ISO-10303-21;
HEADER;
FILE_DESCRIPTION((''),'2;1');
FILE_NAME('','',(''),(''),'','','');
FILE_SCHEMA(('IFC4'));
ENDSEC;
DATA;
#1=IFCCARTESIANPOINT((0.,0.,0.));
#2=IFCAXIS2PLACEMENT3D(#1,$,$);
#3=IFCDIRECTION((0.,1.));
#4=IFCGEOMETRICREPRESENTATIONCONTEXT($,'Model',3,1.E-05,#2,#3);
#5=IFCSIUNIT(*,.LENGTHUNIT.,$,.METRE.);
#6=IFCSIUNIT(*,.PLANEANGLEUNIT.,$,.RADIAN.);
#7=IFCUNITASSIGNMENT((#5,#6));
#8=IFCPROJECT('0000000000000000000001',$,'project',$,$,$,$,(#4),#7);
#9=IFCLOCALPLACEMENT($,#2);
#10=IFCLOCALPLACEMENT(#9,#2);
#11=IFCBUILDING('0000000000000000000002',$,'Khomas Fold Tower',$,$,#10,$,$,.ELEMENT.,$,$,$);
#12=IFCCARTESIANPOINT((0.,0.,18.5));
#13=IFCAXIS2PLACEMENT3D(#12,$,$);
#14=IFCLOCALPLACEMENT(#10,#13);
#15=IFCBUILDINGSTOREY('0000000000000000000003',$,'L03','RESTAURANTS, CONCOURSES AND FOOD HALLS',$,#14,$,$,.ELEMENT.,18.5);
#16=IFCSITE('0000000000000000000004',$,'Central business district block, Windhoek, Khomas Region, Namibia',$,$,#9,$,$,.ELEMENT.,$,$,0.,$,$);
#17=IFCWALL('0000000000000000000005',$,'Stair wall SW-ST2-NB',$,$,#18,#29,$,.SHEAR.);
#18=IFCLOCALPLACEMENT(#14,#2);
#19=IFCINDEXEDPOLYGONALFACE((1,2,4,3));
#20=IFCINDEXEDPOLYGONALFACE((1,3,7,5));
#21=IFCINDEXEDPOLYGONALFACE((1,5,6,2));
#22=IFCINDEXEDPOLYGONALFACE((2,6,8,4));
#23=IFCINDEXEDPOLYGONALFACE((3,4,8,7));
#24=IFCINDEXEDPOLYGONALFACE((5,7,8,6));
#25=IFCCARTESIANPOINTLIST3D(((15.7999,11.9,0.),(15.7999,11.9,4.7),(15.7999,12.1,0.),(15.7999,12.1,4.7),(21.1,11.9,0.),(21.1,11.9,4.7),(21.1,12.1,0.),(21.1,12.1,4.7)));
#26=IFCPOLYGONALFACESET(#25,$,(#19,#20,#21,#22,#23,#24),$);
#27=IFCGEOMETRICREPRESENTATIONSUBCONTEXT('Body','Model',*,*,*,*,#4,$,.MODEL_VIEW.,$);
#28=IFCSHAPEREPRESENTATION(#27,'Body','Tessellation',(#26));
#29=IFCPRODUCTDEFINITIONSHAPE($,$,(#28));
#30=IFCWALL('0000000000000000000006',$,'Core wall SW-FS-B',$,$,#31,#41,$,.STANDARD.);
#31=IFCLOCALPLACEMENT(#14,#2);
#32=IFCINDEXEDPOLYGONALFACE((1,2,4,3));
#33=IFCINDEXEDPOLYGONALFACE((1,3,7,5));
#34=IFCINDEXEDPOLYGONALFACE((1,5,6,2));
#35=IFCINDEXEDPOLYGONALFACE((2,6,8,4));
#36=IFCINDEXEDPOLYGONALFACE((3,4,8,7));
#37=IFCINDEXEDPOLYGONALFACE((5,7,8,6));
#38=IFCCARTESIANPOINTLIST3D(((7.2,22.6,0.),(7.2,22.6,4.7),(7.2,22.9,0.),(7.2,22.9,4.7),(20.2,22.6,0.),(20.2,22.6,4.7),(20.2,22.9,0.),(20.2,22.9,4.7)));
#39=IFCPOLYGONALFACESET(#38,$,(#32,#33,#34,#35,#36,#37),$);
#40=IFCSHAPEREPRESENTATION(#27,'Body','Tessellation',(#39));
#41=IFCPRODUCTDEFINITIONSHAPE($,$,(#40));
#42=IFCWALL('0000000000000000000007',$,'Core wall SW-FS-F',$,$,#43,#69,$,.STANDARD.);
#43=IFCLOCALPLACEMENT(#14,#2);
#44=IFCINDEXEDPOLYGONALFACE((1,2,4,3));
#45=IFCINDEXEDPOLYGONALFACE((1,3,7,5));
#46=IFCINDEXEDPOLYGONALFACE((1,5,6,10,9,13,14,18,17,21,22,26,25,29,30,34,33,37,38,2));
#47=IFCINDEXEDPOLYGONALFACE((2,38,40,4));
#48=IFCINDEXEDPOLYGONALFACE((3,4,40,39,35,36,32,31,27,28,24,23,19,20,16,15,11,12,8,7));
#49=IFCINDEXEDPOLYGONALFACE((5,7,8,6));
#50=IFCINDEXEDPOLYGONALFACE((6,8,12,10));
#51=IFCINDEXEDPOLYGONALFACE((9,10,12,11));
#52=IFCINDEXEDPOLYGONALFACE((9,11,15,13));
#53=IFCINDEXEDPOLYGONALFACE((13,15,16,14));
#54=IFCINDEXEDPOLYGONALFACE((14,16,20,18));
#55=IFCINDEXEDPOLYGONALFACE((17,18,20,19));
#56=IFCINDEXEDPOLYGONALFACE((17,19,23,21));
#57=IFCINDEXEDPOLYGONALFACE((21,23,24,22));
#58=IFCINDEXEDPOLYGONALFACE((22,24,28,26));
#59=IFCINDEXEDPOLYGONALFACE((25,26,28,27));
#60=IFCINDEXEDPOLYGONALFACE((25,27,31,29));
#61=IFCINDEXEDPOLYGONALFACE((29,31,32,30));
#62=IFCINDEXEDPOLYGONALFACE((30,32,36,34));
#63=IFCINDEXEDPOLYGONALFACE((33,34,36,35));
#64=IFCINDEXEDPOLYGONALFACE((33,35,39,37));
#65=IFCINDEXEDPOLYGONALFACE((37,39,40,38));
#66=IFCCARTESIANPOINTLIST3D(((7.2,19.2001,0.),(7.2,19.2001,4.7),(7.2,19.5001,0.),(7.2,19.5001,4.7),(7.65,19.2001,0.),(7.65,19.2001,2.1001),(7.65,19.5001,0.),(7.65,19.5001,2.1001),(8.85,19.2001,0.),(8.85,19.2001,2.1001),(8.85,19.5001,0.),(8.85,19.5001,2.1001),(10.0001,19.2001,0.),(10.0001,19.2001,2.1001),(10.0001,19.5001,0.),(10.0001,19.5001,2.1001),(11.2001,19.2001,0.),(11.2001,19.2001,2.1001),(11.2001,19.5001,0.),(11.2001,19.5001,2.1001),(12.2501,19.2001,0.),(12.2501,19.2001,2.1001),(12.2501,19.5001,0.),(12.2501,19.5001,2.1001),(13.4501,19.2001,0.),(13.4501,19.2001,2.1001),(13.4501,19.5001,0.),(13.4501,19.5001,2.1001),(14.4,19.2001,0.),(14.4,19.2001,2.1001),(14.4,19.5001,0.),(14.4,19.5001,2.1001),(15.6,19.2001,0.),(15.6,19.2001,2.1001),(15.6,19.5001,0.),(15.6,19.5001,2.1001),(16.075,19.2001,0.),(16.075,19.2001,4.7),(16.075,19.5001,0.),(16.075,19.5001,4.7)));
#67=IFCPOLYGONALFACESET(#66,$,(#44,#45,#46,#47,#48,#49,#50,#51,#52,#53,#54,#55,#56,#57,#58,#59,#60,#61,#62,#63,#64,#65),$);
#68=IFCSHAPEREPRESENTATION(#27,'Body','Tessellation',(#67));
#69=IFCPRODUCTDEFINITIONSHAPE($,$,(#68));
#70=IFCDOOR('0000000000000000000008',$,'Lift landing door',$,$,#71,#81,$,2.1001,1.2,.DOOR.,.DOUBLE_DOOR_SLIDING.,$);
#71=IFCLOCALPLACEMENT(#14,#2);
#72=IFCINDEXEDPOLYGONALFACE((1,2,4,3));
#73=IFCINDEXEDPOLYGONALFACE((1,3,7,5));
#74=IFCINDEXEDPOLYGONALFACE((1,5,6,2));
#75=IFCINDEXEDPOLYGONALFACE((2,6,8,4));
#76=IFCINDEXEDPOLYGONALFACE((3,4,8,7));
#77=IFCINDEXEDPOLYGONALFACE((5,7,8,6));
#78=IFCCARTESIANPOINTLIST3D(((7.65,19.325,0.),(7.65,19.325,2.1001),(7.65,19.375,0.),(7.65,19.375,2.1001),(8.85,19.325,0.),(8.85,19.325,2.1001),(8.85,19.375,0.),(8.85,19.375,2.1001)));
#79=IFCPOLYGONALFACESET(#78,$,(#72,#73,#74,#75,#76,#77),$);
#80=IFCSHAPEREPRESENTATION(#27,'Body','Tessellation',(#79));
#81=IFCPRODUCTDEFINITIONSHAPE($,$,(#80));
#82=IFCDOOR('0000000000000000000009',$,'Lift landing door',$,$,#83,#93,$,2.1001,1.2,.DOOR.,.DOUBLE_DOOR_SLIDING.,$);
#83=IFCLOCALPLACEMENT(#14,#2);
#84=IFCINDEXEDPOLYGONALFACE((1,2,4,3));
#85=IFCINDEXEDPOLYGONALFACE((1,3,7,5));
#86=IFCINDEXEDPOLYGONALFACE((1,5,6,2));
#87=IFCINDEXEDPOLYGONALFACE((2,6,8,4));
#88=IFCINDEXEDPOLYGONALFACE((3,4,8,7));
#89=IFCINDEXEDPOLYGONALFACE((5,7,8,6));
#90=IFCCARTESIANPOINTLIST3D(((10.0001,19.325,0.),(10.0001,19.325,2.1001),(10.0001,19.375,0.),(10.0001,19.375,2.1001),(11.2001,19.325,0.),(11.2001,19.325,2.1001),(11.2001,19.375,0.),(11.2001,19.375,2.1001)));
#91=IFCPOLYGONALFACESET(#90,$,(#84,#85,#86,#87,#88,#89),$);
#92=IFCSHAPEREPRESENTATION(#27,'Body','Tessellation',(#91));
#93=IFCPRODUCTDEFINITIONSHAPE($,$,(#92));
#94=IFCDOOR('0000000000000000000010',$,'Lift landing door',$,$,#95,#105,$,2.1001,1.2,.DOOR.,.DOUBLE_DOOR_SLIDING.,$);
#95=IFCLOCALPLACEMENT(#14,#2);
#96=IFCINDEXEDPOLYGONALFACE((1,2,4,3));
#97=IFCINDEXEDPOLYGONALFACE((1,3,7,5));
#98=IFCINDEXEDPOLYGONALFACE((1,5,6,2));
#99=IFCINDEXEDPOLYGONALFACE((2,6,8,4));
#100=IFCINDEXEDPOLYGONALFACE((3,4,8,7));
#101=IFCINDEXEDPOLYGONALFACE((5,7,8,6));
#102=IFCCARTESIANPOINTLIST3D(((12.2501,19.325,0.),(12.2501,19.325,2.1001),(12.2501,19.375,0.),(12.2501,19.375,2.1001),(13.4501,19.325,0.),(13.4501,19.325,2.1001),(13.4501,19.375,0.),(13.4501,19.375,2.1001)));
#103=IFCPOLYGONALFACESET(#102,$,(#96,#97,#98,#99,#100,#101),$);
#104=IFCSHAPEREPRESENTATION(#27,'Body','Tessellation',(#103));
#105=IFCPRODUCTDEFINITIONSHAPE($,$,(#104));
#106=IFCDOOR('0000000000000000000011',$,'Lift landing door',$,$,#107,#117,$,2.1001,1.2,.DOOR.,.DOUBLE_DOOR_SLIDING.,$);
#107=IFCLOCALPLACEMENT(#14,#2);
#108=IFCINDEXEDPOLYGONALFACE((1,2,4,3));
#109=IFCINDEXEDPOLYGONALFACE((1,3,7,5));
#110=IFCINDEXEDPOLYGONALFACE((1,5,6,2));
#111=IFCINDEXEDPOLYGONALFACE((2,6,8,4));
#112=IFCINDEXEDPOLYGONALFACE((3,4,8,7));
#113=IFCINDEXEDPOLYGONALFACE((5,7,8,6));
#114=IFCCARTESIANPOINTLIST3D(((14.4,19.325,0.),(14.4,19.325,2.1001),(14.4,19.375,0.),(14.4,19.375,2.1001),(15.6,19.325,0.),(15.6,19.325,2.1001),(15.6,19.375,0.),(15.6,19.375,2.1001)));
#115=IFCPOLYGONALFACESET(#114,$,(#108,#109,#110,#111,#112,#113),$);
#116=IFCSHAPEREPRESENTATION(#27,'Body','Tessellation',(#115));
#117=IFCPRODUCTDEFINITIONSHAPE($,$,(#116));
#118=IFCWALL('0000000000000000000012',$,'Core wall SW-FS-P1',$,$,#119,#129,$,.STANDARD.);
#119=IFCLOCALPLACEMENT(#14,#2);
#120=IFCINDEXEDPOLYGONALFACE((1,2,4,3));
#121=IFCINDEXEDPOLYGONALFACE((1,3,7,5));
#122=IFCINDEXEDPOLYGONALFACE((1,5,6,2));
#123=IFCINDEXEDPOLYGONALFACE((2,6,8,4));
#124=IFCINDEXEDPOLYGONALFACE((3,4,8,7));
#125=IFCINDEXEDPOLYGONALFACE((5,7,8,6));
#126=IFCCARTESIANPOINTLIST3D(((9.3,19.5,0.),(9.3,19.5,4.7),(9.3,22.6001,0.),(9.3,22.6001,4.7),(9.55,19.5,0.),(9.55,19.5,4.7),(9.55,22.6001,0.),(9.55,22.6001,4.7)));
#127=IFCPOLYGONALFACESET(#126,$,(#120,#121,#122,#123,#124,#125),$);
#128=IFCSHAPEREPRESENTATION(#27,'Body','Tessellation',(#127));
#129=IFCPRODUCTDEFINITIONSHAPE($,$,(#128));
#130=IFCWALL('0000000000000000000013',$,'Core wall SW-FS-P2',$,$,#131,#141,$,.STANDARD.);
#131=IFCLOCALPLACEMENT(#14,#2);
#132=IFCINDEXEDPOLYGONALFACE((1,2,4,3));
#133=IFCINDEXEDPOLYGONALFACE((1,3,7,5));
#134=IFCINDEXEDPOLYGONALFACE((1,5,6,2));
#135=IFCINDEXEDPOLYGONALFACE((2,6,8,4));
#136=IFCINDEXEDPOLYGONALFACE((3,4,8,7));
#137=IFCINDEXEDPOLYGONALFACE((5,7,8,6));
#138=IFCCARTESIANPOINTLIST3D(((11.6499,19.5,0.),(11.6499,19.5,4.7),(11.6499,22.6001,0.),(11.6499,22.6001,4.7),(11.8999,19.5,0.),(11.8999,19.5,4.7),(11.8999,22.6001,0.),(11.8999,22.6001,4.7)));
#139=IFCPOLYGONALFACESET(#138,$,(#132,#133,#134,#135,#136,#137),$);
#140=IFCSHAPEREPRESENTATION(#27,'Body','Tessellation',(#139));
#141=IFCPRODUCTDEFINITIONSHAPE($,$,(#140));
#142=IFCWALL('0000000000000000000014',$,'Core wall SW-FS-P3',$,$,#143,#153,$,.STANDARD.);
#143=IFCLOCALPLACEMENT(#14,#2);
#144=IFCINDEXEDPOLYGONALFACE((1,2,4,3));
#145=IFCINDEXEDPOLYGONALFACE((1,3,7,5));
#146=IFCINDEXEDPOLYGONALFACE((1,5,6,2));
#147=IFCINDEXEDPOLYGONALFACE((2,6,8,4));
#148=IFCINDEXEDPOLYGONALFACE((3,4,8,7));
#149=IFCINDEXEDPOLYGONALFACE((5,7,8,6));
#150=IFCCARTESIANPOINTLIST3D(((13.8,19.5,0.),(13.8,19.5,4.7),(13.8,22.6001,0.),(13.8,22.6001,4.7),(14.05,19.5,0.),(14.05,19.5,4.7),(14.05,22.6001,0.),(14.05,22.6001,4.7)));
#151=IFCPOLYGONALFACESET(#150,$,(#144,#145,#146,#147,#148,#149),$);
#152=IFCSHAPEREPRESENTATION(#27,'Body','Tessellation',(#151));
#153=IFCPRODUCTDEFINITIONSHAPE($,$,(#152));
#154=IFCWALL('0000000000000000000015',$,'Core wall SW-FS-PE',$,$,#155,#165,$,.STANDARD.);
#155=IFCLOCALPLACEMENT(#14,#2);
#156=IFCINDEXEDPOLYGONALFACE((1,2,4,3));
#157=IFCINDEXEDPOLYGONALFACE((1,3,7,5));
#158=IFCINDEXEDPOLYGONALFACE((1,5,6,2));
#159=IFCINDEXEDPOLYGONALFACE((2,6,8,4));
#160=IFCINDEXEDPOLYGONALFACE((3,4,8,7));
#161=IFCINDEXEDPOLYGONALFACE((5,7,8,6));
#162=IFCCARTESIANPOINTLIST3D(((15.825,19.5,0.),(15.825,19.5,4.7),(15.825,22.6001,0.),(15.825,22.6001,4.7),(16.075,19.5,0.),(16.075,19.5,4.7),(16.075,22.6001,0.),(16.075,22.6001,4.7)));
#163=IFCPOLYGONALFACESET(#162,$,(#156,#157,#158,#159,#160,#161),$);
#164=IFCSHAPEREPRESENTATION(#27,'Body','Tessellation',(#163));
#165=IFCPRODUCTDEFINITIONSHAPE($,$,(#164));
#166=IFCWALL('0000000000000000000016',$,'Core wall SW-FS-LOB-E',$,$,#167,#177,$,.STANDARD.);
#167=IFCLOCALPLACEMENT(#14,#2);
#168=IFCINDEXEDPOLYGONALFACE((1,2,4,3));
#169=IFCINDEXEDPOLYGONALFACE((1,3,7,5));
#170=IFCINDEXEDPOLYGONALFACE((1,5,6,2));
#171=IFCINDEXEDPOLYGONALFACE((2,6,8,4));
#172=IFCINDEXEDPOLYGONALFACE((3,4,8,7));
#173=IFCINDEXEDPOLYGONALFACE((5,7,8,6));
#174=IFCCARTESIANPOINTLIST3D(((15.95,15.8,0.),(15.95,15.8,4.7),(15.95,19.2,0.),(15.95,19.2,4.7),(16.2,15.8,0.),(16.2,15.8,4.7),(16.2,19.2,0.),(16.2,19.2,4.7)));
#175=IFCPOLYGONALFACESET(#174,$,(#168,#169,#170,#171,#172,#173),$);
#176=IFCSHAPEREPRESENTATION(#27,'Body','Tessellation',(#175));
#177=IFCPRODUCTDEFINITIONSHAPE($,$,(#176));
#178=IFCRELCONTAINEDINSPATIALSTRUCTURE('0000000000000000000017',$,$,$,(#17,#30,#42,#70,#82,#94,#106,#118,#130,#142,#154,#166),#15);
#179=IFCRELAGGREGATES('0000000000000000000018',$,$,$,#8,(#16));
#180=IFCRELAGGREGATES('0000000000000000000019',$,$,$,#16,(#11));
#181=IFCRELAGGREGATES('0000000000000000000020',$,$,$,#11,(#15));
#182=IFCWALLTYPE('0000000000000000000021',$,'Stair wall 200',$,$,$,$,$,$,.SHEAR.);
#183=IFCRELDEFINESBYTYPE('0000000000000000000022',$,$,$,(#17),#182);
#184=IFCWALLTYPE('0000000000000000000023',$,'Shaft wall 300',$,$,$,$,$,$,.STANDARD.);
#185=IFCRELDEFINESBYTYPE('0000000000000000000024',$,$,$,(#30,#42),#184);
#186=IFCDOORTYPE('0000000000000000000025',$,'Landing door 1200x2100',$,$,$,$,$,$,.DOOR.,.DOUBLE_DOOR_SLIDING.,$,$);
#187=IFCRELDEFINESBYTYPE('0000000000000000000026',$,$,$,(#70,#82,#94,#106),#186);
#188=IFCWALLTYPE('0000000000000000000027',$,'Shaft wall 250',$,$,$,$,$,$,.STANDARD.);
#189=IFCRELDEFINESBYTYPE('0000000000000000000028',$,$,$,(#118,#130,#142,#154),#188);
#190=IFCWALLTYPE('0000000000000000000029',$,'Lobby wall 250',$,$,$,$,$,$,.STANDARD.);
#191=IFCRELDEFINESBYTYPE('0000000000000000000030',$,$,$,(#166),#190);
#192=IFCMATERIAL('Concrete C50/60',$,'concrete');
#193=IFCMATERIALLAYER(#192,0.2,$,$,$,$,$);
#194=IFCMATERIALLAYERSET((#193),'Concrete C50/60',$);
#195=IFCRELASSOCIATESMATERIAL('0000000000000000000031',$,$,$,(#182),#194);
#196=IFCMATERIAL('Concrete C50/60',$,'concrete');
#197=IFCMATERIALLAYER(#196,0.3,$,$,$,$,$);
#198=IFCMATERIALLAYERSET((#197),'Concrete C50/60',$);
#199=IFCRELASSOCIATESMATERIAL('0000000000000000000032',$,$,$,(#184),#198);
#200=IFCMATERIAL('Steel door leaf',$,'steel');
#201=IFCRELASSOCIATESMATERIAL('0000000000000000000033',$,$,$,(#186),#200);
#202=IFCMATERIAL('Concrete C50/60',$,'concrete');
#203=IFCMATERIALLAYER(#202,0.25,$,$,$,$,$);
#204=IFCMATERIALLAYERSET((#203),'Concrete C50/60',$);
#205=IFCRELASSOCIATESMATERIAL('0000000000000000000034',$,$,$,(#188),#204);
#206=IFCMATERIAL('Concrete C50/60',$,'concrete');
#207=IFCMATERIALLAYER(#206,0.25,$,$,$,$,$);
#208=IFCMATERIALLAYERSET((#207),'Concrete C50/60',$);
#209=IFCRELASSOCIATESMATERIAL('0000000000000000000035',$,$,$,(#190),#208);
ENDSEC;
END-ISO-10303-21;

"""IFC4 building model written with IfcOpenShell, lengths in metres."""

from ifc_helpers import new_model, si_unit, direction, frame, frame_2d, origin, place, context, subcontext, project, spatial, rectangle, extrude, source, transform, mapped, material, layer, layer_set, type_object, element, fill, save


model = new_model("IFC4")

# Units and contexts
model_context = context("Model", 3, precision=1e-05, world=origin(), true_north=direction((0.0, 1.0)))
body_context = subcontext(model_context, "Body", "Model", "MODEL_VIEW")
ifc_project = project(units=[si_unit("LENGTHUNIT", "METRE"), si_unit("PLANEANGLEUNIT", "RADIAN")], contexts=[model_context])

# Site, building, storey
site_placement = place(None, origin())
site = spatial("IfcSite", under=ifc_project, at=site_placement, Name="Central business district block, Windhoek, Khomas Region, Namibia", CompositionType="ELEMENT", RefElevation=0.0)
building_placement = place(site_placement, origin())
building = spatial("IfcBuilding", under=site, at=building_placement, Name="Khomas Fold Tower", CompositionType="ELEMENT")
storey_placement = place(building_placement, frame((0.0, 0.0, 18.5)))
storey = spatial("IfcBuildingStorey", under=building, at=storey_placement, Name="L03", Description="RESTAURANTS, CONCOURSES AND FOOD HALLS", CompositionType="ELEMENT", Elevation=18.5)

# Walls
ifc_material_1 = material(Name="Concrete C50/60", Category="concrete")
ifc_layer_1 = layer(ifc_material_1, 0.2)
ifc_layer_set_1 = layer_set([ifc_layer_1], Name="Concrete C50/60")
wall_type_1 = type_object("IfcWallType", Name="Stair wall 200", PredefinedType="SHEAR", material=ifc_layer_set_1)
shared_shape_1 = source(origin(), body_context, "Body", "SweptSolid", [
    extrude(rectangle(XDim=5.3, YDim=0.2, at=frame_2d((2.6499, 0.0))), origin(), (0.0, 0.0, 1.0), 4.7),
])
wall_1_placement = place(storey_placement, frame((15.8, 12.0, 0.0), z_axis=(0.0, 0.0, 1.0), x_axis=(1.0, 0.0, 0.0)))
element("IfcWall", 1, at=wall_1_placement, inside=storey, type_object=wall_type_1, Name="Stair wall SW-ST2-NB", PredefinedType="SHEAR", context=body_context, shape_type="MappedRepresentation", body=[
    mapped(shared_shape_1, transform((0.0, 0.0, 0.0))),
])
ifc_material_2 = material(Name="Concrete C50/60", Category="concrete")
ifc_layer_2 = layer(ifc_material_2, 0.3)
ifc_layer_set_2 = layer_set([ifc_layer_2], Name="Concrete C50/60")
wall_type_2 = type_object("IfcWallType", Name="Shaft wall 300", PredefinedType="STANDARD", material=ifc_layer_set_2)
shared_shape_2 = source(origin(), body_context, "Body", "SweptSolid", [
    extrude(rectangle(XDim=13.0, YDim=0.3, at=frame_2d((6.5, 0.0))), origin(), (0.0, 0.0, 1.0), 4.7),
])
wall_2_placement = place(storey_placement, frame((7.2, 22.75, 0.0), z_axis=(0.0, 0.0, 1.0), x_axis=(1.0, 0.0, 0.0)))
element("IfcWall", 2, at=wall_2_placement, inside=storey, type_object=wall_type_2, Name="Core wall SW-FS-B", PredefinedType="STANDARD", context=body_context, shape_type="MappedRepresentation", body=[
    mapped(shared_shape_2, transform((0.0, 0.0, 0.0))),
])

# Wall, openings, doors
shared_shape_3 = source(origin(), body_context, "Body", "SweptSolid", [
    extrude(rectangle(XDim=8.875, YDim=0.3, at=frame_2d((4.4375, 0.0))), origin(), (0.0, 0.0, 1.0), 4.7),
])
wall_3_placement = place(storey_placement, frame((7.2, 19.3501, 0.0), z_axis=(0.0, 0.0, 1.0), x_axis=(1.0, 0.0, 0.0)))
wall_3 = element("IfcWall", 3, at=wall_3_placement, inside=storey, type_object=wall_type_2, Name="Core wall SW-FS-F", PredefinedType="STANDARD", context=body_context, shape_type="MappedRepresentation", body=[
    mapped(shared_shape_3, transform((0.0, 0.0, 0.0))),
])
shared_shape_4 = source(origin(), body_context, "Body", "SweptSolid", [
    extrude(rectangle(XDim=1.2, YDim=2.1001, at=frame_2d((0.6001, 1.05))), frame((0.0, 0.1599, 0.0), z_axis=(0.0, -1.0, 0.0), x_axis=(1.0, 0.0, 0.0)), (0.0, 0.0, 1.0), 0.3201),
])
opening_1_placement = place(wall_3_placement, frame((0.45, 0.0, 0.0)))
opening_1 = element("IfcOpeningElement", 4, at=opening_1_placement, cuts=wall_3, PredefinedType="OPENING", context=body_context, shape_type="MappedRepresentation", body=[
    mapped(shared_shape_4, transform((0.0, 0.0, 0.0))),
])
opening_2_placement = place(wall_3_placement, frame((2.8, 0.0, 0.0)))
opening_2 = element("IfcOpeningElement", 5, at=opening_2_placement, cuts=wall_3, PredefinedType="OPENING", context=body_context, shape_type="MappedRepresentation", body=[
    mapped(shared_shape_4, transform((0.0, 0.0, 0.0))),
])
opening_3_placement = place(wall_3_placement, frame((5.05, 0.0, 0.0)))
opening_3 = element("IfcOpeningElement", 6, at=opening_3_placement, cuts=wall_3, PredefinedType="OPENING", context=body_context, shape_type="MappedRepresentation", body=[
    mapped(shared_shape_4, transform((0.0, 0.0, 0.0))),
])
opening_4_placement = place(wall_3_placement, frame((7.2, 0.0, 0.0)))
opening_4 = element("IfcOpeningElement", 7, at=opening_4_placement, cuts=wall_3, PredefinedType="OPENING", context=body_context, shape_type="MappedRepresentation", body=[
    mapped(shared_shape_4, transform((0.0, 0.0, 0.0))),
])
ifc_material_3 = material(Name="Steel door leaf", Category="steel")
door_type_1 = type_object("IfcDoorType", Name="Landing door 1200x2100", OperationType="DOUBLE_DOOR_SLIDING", PredefinedType="DOOR", material=ifc_material_3)
shared_shape_5 = source(origin(), body_context, "Body", "SweptSolid", [
    extrude(rectangle(XDim=1.2, YDim=2.1001, at=frame_2d((0.6001, 1.05))), frame((0.0, 0.0249, 0.0), z_axis=(0.0, -1.0, 0.0), x_axis=(1.0, 0.0, 0.0)), (0.0, 0.0, 1.0), 0.05),
])
door_1_placement = place(opening_1_placement, origin())
door_1 = element("IfcDoor", 8, at=door_1_placement, inside=storey, type_object=door_type_1, Name="Lift landing door", OperationType="DOUBLE_DOOR_SLIDING", OverallHeight=2.1001, OverallWidth=1.2, PredefinedType="DOOR", context=body_context, shape_type="MappedRepresentation", body=[
    mapped(shared_shape_5, transform((0.0, 0.0, 0.0))),
])
fill(opening_1, door_1)
door_2_placement = place(opening_2_placement, origin())
door_2 = element("IfcDoor", 9, at=door_2_placement, inside=storey, type_object=door_type_1, Name="Lift landing door", OperationType="DOUBLE_DOOR_SLIDING", OverallHeight=2.1001, OverallWidth=1.2, PredefinedType="DOOR", context=body_context, shape_type="MappedRepresentation", body=[
    mapped(shared_shape_5, transform((0.0, 0.0, 0.0))),
])
fill(opening_2, door_2)
door_3_placement = place(opening_3_placement, origin())
door_3 = element("IfcDoor", 10, at=door_3_placement, inside=storey, type_object=door_type_1, Name="Lift landing door", OperationType="DOUBLE_DOOR_SLIDING", OverallHeight=2.1001, OverallWidth=1.2, PredefinedType="DOOR", context=body_context, shape_type="MappedRepresentation", body=[
    mapped(shared_shape_5, transform((0.0, 0.0, 0.0))),
])
fill(opening_3, door_3)
door_4_placement = place(opening_4_placement, origin())
door_4 = element("IfcDoor", 11, at=door_4_placement, inside=storey, type_object=door_type_1, Name="Lift landing door", OperationType="DOUBLE_DOOR_SLIDING", OverallHeight=2.1001, OverallWidth=1.2, PredefinedType="DOOR", context=body_context, shape_type="MappedRepresentation", body=[
    mapped(shared_shape_5, transform((0.0, 0.0, 0.0))),
])
fill(opening_4, door_4)

# Walls
ifc_material_4 = material(Name="Concrete C50/60", Category="concrete")
ifc_layer_3 = layer(ifc_material_4, 0.25)
ifc_layer_set_3 = layer_set([ifc_layer_3], Name="Concrete C50/60")
wall_type_3 = type_object("IfcWallType", Name="Shaft wall 250", PredefinedType="STANDARD", material=ifc_layer_set_3)
shared_shape_6 = source(origin(), body_context, "Body", "SweptSolid", [
    extrude(rectangle(XDim=3.1001, YDim=0.25, at=frame_2d((1.55, 0.0))), origin(), (0.0, 0.0, 1.0), 4.7),
])
for number, where, z_axis, x_axis, name in (
    (12, (9.425, 19.5, 0.0), (0.0, 0.0, 1.0), (0.0, 1.0, 0.0), "Core wall SW-FS-P1"),
    (13, (11.7749, 19.5, 0.0), (0.0, 0.0, 1.0), (0.0, 1.0, 0.0), "Core wall SW-FS-P2"),
    (14, (13.925, 19.5, 0.0), (0.0, 0.0, 1.0), (0.0, 1.0, 0.0), "Core wall SW-FS-P3"),
    (15, (15.95, 19.5, 0.0), (0.0, 0.0, 1.0), (0.0, 1.0, 0.0), "Core wall SW-FS-PE"),
):
    element("IfcWall", number, at=place(storey_placement, frame(where, z_axis=z_axis, x_axis=x_axis)), inside=storey, type_object=wall_type_3, Name=name, PredefinedType="STANDARD", context=body_context, shape_type="MappedRepresentation", body=[
        mapped(shared_shape_6, transform((0.0, 0.0, 0.0))),
    ])
ifc_material_5 = material(Name="Concrete C50/60", Category="concrete")
ifc_layer_4 = layer(ifc_material_5, 0.25)
ifc_layer_set_4 = layer_set([ifc_layer_4], Name="Concrete C50/60")
wall_type_4 = type_object("IfcWallType", Name="Lobby wall 250", PredefinedType="STANDARD", material=ifc_layer_set_4)
shared_shape_7 = source(origin(), body_context, "Body", "SweptSolid", [
    extrude(rectangle(XDim=3.3999, YDim=0.25, at=frame_2d((1.7, 0.0))), origin(), (0.0, 0.0, 1.0), 4.7),
])
for number, where, z_axis, x_axis, name in (
    (16, (16.075, 15.8, 0.0), (0.0, 0.0, 1.0), (0.0, 1.0, 0.0), "Core wall SW-FS-LOB-E"),
):
    element("IfcWall", number, at=place(storey_placement, frame(where, z_axis=z_axis, x_axis=x_axis)), inside=storey, type_object=wall_type_4, Name=name, PredefinedType="STANDARD", context=body_context, shape_type="MappedRepresentation", body=[
        mapped(shared_shape_7, transform((0.0, 0.0, 0.0))),
    ])

save(model, "model.ifc")
